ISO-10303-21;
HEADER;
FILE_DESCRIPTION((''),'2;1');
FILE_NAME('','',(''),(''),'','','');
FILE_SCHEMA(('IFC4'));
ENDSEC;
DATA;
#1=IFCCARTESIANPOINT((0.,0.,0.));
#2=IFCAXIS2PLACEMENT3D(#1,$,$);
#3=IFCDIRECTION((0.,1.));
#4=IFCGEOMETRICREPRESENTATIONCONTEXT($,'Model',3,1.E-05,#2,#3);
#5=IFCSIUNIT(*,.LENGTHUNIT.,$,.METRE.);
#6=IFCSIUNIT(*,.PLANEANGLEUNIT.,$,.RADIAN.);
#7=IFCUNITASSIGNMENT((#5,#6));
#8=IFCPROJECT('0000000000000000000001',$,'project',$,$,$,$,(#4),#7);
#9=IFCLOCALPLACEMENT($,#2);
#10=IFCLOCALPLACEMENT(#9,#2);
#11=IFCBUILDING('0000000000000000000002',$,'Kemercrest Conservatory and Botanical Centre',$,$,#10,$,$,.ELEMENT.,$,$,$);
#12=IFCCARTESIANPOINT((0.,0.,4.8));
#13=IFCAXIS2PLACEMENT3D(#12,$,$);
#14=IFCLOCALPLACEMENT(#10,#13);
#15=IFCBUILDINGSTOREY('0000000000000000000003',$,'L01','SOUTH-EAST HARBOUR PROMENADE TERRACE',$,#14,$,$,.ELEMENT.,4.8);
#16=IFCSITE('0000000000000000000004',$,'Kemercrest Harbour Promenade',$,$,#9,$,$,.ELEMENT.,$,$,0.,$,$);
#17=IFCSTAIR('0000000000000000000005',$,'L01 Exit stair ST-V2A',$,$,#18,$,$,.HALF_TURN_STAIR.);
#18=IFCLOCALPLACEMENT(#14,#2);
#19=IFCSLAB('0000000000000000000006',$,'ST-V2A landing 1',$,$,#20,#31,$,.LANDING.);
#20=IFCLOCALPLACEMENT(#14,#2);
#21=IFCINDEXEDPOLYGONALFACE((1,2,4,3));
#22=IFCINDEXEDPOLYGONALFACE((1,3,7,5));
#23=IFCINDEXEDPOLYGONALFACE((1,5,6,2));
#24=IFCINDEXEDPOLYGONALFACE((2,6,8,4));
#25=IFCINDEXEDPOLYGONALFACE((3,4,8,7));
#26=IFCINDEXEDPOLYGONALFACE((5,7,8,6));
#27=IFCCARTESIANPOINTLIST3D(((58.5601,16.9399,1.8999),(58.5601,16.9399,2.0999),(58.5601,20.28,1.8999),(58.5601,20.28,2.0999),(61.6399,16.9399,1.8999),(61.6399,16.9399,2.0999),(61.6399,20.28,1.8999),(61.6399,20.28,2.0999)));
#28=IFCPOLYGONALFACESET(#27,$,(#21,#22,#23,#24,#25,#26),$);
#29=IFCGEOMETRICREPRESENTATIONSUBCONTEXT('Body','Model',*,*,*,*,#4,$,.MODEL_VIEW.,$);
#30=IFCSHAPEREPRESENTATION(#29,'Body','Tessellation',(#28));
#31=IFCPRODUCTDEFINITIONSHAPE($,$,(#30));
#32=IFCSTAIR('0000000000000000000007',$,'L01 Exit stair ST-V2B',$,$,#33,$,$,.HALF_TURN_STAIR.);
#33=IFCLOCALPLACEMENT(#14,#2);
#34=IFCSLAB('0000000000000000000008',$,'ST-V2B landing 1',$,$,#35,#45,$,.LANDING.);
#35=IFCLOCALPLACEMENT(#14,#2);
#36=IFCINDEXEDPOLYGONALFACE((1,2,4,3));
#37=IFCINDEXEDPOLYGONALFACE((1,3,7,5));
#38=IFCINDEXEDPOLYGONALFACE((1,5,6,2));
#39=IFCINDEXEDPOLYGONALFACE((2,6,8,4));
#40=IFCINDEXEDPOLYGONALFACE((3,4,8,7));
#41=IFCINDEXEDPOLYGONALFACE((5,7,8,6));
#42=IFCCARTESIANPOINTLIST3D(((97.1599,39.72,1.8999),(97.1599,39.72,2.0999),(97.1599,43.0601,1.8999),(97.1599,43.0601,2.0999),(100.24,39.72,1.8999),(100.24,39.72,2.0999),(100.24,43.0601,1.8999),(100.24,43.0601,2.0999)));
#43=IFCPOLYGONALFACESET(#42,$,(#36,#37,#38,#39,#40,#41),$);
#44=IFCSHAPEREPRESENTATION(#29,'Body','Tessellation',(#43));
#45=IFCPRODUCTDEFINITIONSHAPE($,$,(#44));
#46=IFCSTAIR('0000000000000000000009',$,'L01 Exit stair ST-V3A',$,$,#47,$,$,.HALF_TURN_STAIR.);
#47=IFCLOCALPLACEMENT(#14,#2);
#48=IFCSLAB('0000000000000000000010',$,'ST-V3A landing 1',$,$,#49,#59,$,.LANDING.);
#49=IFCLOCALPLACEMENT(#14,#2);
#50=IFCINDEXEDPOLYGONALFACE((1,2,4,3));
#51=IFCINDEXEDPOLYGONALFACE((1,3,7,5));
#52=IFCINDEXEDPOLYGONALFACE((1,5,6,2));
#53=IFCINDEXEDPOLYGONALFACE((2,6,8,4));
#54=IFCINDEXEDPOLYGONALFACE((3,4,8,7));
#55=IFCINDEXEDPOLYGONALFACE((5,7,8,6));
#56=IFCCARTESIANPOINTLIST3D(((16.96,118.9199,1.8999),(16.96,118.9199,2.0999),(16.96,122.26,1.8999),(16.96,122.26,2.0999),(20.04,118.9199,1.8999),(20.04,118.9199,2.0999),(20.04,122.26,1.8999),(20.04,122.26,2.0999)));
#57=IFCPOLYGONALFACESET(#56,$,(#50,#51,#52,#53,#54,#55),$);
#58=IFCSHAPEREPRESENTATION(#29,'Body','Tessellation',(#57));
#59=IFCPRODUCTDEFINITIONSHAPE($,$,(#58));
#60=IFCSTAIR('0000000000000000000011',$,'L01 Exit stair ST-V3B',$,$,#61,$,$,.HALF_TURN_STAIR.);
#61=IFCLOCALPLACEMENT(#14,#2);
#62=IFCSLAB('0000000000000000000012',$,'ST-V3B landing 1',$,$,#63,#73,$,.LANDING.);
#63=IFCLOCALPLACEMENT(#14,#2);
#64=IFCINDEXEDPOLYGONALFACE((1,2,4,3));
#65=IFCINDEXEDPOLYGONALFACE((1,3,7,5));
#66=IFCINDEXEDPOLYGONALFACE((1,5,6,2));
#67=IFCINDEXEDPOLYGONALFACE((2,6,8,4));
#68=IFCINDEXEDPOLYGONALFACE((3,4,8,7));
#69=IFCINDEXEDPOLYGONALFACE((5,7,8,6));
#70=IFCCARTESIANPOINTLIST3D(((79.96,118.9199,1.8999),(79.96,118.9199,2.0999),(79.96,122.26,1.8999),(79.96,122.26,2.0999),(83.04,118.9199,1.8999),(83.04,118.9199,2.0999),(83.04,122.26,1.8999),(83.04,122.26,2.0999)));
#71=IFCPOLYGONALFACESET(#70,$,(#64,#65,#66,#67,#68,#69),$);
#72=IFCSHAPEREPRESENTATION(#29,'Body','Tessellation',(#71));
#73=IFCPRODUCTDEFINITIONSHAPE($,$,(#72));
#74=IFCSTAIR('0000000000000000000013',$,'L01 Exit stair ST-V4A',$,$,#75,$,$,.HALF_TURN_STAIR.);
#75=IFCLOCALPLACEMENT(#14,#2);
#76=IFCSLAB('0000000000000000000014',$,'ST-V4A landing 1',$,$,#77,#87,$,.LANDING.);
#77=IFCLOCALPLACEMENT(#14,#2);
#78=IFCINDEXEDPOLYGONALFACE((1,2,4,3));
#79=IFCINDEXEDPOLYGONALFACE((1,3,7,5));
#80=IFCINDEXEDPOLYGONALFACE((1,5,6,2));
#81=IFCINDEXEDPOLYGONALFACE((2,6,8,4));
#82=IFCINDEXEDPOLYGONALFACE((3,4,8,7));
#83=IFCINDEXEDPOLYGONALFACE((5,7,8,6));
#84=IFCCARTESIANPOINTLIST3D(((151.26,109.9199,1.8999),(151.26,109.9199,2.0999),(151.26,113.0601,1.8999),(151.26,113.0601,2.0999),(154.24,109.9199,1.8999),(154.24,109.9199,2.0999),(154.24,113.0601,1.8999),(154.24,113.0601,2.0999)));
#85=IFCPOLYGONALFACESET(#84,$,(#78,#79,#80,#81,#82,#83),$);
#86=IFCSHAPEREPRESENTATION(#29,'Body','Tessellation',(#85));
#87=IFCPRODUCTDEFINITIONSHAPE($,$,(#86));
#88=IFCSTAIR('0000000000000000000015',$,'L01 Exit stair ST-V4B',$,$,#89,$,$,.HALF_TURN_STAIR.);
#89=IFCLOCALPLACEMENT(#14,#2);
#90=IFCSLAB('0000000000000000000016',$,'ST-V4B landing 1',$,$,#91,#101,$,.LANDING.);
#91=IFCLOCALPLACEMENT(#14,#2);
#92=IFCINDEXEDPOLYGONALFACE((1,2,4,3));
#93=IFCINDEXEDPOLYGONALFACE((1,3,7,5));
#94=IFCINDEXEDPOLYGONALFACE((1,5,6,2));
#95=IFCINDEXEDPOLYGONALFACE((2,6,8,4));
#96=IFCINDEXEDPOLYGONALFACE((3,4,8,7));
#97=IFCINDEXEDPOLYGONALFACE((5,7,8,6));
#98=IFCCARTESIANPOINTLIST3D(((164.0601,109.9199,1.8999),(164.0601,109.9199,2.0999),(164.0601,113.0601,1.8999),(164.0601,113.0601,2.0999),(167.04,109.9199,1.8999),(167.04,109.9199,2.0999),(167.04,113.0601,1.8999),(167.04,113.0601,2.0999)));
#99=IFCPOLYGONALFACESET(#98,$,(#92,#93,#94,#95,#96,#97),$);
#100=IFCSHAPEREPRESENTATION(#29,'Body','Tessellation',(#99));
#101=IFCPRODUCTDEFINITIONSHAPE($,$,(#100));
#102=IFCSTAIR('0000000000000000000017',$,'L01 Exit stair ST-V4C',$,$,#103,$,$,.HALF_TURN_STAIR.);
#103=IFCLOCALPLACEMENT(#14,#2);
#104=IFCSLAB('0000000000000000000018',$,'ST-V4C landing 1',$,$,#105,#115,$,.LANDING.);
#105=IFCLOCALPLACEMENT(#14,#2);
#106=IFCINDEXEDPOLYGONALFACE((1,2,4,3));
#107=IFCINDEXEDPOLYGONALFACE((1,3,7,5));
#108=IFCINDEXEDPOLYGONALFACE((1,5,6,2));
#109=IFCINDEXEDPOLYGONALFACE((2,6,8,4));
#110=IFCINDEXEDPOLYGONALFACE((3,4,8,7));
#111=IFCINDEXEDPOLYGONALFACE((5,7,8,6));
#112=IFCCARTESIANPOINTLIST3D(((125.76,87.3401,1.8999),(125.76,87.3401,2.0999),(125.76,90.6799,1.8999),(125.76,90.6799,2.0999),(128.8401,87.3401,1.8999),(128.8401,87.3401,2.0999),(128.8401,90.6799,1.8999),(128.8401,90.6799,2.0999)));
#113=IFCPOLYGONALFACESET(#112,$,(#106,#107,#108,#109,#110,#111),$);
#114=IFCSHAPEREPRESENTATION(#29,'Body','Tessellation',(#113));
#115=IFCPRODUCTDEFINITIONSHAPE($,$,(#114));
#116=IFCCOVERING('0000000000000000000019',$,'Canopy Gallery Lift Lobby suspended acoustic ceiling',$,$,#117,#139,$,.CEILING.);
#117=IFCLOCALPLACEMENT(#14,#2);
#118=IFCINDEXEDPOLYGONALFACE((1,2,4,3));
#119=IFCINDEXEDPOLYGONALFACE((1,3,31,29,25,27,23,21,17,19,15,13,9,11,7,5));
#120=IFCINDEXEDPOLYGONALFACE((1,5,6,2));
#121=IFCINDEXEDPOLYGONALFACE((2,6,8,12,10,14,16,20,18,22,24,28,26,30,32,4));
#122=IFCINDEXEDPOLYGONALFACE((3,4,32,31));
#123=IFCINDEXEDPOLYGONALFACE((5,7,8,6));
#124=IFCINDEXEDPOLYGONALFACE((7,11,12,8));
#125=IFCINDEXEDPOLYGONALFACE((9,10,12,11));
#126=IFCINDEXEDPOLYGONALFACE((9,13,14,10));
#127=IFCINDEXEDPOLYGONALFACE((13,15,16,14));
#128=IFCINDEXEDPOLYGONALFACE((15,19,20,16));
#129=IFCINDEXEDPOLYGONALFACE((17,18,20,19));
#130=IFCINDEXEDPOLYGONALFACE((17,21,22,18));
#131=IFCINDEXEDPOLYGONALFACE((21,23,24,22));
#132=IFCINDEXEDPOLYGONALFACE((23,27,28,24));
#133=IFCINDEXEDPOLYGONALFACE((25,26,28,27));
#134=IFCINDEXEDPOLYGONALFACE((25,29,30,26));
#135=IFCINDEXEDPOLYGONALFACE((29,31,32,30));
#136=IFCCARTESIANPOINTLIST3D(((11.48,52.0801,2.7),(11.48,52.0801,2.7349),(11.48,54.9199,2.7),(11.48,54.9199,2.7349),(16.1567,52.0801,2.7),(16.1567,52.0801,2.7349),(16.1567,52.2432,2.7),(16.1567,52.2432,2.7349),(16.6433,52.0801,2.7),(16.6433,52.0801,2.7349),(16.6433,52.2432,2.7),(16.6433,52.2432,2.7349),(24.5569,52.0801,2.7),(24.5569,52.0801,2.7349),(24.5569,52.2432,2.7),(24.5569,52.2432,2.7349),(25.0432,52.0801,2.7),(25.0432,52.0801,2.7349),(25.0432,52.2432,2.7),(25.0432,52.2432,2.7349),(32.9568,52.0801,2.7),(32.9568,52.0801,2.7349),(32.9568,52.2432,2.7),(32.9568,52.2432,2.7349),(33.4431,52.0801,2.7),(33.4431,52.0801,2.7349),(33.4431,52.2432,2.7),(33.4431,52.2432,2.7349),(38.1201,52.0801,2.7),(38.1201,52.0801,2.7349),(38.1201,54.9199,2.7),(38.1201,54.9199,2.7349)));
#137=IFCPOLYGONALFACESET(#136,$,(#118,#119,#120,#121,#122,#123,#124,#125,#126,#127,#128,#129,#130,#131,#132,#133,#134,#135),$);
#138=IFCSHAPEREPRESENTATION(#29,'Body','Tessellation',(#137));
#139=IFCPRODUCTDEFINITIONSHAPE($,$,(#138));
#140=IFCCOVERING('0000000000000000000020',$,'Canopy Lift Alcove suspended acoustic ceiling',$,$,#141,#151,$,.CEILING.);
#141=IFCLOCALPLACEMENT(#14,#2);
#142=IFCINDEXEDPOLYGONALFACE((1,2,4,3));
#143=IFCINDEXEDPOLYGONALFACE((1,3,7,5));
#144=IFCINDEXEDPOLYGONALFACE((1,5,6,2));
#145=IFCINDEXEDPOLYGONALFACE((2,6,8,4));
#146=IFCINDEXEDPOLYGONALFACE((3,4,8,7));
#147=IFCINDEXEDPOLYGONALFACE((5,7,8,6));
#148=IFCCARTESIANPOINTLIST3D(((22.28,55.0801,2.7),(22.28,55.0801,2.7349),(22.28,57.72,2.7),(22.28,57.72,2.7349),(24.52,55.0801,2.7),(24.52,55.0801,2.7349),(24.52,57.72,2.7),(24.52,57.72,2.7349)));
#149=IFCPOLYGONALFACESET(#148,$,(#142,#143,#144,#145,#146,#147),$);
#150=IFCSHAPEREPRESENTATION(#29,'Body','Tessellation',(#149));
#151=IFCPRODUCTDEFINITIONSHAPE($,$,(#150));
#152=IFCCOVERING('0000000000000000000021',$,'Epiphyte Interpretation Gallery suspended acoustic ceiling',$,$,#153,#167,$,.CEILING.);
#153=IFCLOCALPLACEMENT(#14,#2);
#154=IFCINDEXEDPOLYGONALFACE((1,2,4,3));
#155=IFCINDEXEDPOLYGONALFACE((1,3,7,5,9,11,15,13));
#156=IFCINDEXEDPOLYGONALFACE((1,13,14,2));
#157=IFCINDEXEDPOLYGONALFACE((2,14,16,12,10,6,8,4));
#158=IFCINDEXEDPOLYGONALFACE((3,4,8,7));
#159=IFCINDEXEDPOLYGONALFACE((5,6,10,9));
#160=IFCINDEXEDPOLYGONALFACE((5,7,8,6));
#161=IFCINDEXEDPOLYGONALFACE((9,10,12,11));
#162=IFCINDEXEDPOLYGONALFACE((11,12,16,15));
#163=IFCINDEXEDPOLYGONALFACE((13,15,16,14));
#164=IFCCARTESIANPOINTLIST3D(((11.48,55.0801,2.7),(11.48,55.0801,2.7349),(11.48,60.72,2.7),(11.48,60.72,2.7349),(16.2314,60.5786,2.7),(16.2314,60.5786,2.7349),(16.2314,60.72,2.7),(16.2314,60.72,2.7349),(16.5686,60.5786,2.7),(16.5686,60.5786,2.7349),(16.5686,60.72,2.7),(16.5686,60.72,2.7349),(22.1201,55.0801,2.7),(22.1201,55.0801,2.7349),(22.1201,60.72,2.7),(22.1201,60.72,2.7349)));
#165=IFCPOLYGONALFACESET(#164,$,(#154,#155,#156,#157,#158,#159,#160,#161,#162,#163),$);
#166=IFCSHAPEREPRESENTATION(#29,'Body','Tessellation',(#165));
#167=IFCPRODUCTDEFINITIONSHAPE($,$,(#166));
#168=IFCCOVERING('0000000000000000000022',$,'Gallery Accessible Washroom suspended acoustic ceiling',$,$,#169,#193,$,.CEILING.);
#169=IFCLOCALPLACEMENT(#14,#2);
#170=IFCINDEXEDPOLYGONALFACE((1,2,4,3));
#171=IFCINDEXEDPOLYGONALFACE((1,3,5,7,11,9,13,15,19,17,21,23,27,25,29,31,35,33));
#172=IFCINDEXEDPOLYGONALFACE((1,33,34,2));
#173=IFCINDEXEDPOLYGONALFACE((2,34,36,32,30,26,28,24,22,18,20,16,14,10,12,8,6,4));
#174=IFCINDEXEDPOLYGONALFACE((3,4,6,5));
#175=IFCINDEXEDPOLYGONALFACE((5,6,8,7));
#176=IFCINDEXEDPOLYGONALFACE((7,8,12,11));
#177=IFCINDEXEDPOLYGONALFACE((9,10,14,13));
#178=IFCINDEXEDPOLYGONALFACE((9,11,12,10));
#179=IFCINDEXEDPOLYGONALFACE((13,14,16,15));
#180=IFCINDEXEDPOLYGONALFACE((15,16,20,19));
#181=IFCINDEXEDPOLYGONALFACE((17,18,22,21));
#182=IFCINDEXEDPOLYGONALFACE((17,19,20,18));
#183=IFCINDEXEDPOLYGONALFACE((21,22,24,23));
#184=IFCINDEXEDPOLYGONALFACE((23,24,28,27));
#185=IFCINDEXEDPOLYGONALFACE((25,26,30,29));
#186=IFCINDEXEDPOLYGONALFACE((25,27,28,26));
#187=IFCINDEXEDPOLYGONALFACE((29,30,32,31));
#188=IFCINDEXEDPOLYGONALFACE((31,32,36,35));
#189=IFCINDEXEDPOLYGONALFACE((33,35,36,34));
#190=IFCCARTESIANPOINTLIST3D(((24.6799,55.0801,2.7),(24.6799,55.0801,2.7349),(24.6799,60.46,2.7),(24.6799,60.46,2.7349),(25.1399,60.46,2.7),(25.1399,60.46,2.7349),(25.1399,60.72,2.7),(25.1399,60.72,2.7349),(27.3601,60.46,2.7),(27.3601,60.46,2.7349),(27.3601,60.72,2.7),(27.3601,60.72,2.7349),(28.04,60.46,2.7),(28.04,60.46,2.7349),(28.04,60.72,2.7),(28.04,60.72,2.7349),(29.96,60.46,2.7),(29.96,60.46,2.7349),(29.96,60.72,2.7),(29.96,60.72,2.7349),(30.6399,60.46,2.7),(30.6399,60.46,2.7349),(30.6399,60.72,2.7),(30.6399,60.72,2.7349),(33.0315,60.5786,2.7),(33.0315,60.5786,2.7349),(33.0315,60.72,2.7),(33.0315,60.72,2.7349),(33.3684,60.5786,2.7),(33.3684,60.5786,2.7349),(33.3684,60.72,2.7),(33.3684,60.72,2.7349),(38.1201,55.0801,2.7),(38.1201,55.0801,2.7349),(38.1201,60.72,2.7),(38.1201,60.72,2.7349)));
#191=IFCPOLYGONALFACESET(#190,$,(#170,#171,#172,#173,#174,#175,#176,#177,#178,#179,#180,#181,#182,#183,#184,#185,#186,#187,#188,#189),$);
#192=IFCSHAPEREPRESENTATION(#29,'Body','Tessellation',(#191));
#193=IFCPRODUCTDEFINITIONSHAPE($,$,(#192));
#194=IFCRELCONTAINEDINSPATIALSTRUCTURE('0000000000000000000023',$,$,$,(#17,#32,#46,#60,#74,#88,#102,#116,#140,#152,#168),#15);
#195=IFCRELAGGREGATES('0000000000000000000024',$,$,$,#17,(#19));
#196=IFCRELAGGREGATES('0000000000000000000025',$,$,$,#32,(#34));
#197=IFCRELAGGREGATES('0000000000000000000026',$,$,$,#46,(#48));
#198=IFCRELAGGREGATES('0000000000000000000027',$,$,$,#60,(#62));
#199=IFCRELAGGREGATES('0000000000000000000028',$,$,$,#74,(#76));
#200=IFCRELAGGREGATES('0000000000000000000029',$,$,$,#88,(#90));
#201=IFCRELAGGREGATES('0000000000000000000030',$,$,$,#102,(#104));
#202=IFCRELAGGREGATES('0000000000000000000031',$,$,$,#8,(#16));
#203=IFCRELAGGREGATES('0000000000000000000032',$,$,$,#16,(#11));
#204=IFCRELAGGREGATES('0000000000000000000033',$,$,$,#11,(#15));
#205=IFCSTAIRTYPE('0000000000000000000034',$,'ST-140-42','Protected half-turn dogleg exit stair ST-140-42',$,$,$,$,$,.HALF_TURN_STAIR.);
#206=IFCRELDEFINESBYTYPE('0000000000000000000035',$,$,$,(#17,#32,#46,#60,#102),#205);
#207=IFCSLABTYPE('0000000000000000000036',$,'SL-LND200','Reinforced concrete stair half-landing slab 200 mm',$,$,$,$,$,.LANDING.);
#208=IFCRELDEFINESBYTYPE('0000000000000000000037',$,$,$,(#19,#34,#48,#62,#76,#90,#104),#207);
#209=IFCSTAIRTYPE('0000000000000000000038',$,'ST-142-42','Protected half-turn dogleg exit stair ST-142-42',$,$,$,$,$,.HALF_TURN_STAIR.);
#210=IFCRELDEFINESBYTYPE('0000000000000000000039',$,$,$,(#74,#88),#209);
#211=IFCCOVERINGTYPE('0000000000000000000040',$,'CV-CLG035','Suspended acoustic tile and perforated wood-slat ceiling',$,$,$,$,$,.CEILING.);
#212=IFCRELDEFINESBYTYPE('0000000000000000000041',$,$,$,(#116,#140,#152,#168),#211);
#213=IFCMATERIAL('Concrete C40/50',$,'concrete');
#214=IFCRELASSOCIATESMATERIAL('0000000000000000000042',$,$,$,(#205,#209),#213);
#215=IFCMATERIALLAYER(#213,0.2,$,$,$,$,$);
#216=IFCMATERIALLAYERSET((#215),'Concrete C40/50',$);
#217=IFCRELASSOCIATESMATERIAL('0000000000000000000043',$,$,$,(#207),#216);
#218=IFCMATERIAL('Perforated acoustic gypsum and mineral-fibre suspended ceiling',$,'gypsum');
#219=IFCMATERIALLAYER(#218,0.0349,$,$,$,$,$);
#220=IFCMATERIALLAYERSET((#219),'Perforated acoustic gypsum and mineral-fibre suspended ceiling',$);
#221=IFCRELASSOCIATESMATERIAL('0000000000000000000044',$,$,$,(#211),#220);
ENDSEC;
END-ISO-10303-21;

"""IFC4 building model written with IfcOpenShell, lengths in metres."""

from ifc_helpers import new_model, si_unit, direction, frame, origin, place, context, subcontext, project, spatial, polyline, outline, extrude, material, layer, layer_set, type_object, element, aggregate, save


model = new_model("IFC4")

# Units and contexts
model_context = context("Model", 3, precision=1e-05, world=origin(), true_north=direction((0.0, 1.0)))
body_context = subcontext(model_context, "Body", "Model", "MODEL_VIEW")
ifc_project = project(units=[si_unit("LENGTHUNIT", "METRE"), si_unit("PLANEANGLEUNIT", "RADIAN")], contexts=[model_context])

# Site, building, storey
site_placement = place(None, origin())
site = spatial("IfcSite", under=ifc_project, at=site_placement, Name="Kemercrest Harbour Promenade", CompositionType="ELEMENT", RefElevation=0.0)
building_placement = place(site_placement, origin())
building = spatial("IfcBuilding", under=site, at=building_placement, Name="Kemercrest Conservatory and Botanical Centre", CompositionType="ELEMENT")
storey_placement = place(building_placement, frame((0.0, 0.0, 4.8)))
storey = spatial("IfcBuildingStorey", under=building, at=storey_placement, Name="L01", Description="SOUTH-EAST HARBOUR PROMENADE TERRACE", CompositionType="ELEMENT", Elevation=4.8)

# Stairs, slabs
ifc_material_1 = material(Name="Concrete C40/50", Category="concrete")
stair_type_1 = type_object("IfcStairType", Name="ST-140-42", Description="Protected half-turn dogleg exit stair ST-140-42", PredefinedType="HALF_TURN_STAIR", material=ifc_material_1)
stair_1_placement = place(storey_placement, origin())
stair_1 = element("IfcStair", 1, at=stair_1_placement, inside=storey, type_object=stair_type_1, Name="L01 Exit stair ST-V2A", PredefinedType="HALF_TURN_STAIR")
ifc_layer_1 = layer(ifc_material_1, 0.2)
ifc_layer_set_1 = layer_set([ifc_layer_1], Name="Concrete C40/50")
slab_type = type_object("IfcSlabType", Name="SL-LND200", Description="Reinforced concrete stair half-landing slab 200 mm", PredefinedType="LANDING", material=ifc_layer_set_1)
slab_1_placement = place(storey_placement, frame((0.0, 0.0, 1.8999)))
slab_1 = element("IfcSlab", 2, at=slab_1_placement, type_object=slab_type, Name="ST-V2A landing 1", PredefinedType="LANDING", context=body_context, shape_type="SweptSolid", body=[
    extrude(outline(polyline([(58.5601, 20.28), (58.5601, 16.9399), (61.6399, 16.9399), (61.6399, 20.28), (58.5601, 20.28)])), origin(), (0.0, 0.0, 1.0), 0.2),
])
aggregate(stair_1, [slab_1])
stair_2_placement = place(storey_placement, origin())
stair_2 = element("IfcStair", 3, at=stair_2_placement, inside=storey, type_object=stair_type_1, Name="L01 Exit stair ST-V2B", PredefinedType="HALF_TURN_STAIR")
slab_2_placement = place(storey_placement, frame((0.0, 0.0, 1.8999)))
slab_2 = element("IfcSlab", 4, at=slab_2_placement, type_object=slab_type, Name="ST-V2B landing 1", PredefinedType="LANDING", context=body_context, shape_type="SweptSolid", body=[
    extrude(outline(polyline([(100.24, 39.72), (100.24, 43.0601), (97.1599, 43.0601), (97.1599, 39.72), (100.24, 39.72)])), origin(), (0.0, 0.0, 1.0), 0.2),
])
aggregate(stair_2, [slab_2])
stair_3_placement = place(storey_placement, origin())
stair_3 = element("IfcStair", 5, at=stair_3_placement, inside=storey, type_object=stair_type_1, Name="L01 Exit stair ST-V3A", PredefinedType="HALF_TURN_STAIR")
slab_3_placement = place(storey_placement, frame((0.0, 0.0, 1.8999)))
slab_3 = element("IfcSlab", 6, at=slab_3_placement, type_object=slab_type, Name="ST-V3A landing 1", PredefinedType="LANDING", context=body_context, shape_type="SweptSolid", body=[
    extrude(outline(polyline([(20.04, 118.9199), (20.04, 122.26), (16.96, 122.26), (16.96, 118.9199), (20.04, 118.9199)])), origin(), (0.0, 0.0, 1.0), 0.2),
])
aggregate(stair_3, [slab_3])
stair_4_placement = place(storey_placement, origin())
stair_4 = element("IfcStair", 7, at=stair_4_placement, inside=storey, type_object=stair_type_1, Name="L01 Exit stair ST-V3B", PredefinedType="HALF_TURN_STAIR")
slab_4_placement = place(storey_placement, frame((0.0, 0.0, 1.8999)))
slab_4 = element("IfcSlab", 8, at=slab_4_placement, type_object=slab_type, Name="ST-V3B landing 1", PredefinedType="LANDING", context=body_context, shape_type="SweptSolid", body=[
    extrude(outline(polyline([(83.04, 118.9199), (83.04, 122.26), (79.96, 122.26), (79.96, 118.9199), (83.04, 118.9199)])), origin(), (0.0, 0.0, 1.0), 0.2),
])
aggregate(stair_4, [slab_4])
stair_type_2 = type_object("IfcStairType", Name="ST-142-42", Description="Protected half-turn dogleg exit stair ST-142-42", PredefinedType="HALF_TURN_STAIR", material=ifc_material_1)
stair_5_placement = place(storey_placement, origin())
stair_5 = element("IfcStair", 9, at=stair_5_placement, inside=storey, type_object=stair_type_2, Name="L01 Exit stair ST-V4A", PredefinedType="HALF_TURN_STAIR")
slab_5_placement = place(storey_placement, frame((0.0, 0.0, 1.8999)))
slab_5 = element("IfcSlab", 10, at=slab_5_placement, type_object=slab_type, Name="ST-V4A landing 1", PredefinedType="LANDING", context=body_context, shape_type="SweptSolid", body=[
    extrude(outline(polyline([(154.24, 109.9199), (154.24, 113.0601), (151.26, 113.0601), (151.26, 109.9199), (154.24, 109.9199)])), origin(), (0.0, 0.0, 1.0), 0.2),
])
aggregate(stair_5, [slab_5])
stair_6_placement = place(storey_placement, origin())
stair_6 = element("IfcStair", 11, at=stair_6_placement, inside=storey, type_object=stair_type_2, Name="L01 Exit stair ST-V4B", PredefinedType="HALF_TURN_STAIR")
slab_6_placement = place(storey_placement, frame((0.0, 0.0, 1.8999)))
slab_6 = element("IfcSlab", 12, at=slab_6_placement, type_object=slab_type, Name="ST-V4B landing 1", PredefinedType="LANDING", context=body_context, shape_type="SweptSolid", body=[
    extrude(outline(polyline([(167.04, 109.9199), (167.04, 113.0601), (164.0601, 113.0601), (164.0601, 109.9199), (167.04, 109.9199)])), origin(), (0.0, 0.0, 1.0), 0.2),
])
aggregate(stair_6, [slab_6])
stair_7_placement = place(storey_placement, origin())
stair_7 = element("IfcStair", 13, at=stair_7_placement, inside=storey, type_object=stair_type_1, Name="L01 Exit stair ST-V4C", PredefinedType="HALF_TURN_STAIR")
slab_7_placement = place(storey_placement, frame((0.0, 0.0, 1.8999)))
slab_7 = element("IfcSlab", 14, at=slab_7_placement, type_object=slab_type, Name="ST-V4C landing 1", PredefinedType="LANDING", context=body_context, shape_type="SweptSolid", body=[
    extrude(outline(polyline([(125.76, 90.6799), (125.76, 87.3401), (128.8401, 87.3401), (128.8401, 90.6799), (125.76, 90.6799)])), origin(), (0.0, 0.0, 1.0), 0.2),
])
aggregate(stair_7, [slab_7])

# Coverings
ifc_material_2 = material(Name="Perforated acoustic gypsum and mineral-fibre suspended ceiling", Category="gypsum")
ifc_layer_2 = layer(ifc_material_2, 0.0349)
ifc_layer_set_2 = layer_set([ifc_layer_2], Name="Perforated acoustic gypsum and mineral-fibre suspended ceiling")
covering_type_1 = type_object("IfcCoveringType", Name="CV-CLG035", Description="Suspended acoustic tile and perforated wood-slat ceiling", PredefinedType="CEILING", material=ifc_layer_set_2)
covering_1_placement = place(storey_placement, frame((0.0, 0.0, 2.7)))
element("IfcCovering", 15, at=covering_1_placement, inside=storey, type_object=covering_type_1, Name="Canopy Gallery Lift Lobby suspended acoustic ceiling", PredefinedType="CEILING", context=body_context, shape_type="SweptSolid", body=[
    extrude(outline(polyline([(33.4431, 52.0801), (38.1201, 52.0801), (38.1201, 54.9199), (11.48, 54.9199), (11.48, 52.0801), (16.1567, 52.0801), (16.1567, 52.2432), (16.6433, 52.2432), (16.6433, 52.0801), (24.5569, 52.0801), (24.5569, 52.2432), (25.0432, 52.2432), (25.0432, 52.0801), (32.9568, 52.0801), (32.9568, 52.2432), (33.4431, 52.2432), (33.4431, 52.0801)])), origin(), (0.0, 0.0, 1.0), 0.0349),
])
covering_2_placement = place(storey_placement, frame((0.0, 0.0, 2.7)))
element("IfcCovering", 16, at=covering_2_placement, inside=storey, type_object=covering_type_1, Name="Canopy Lift Alcove suspended acoustic ceiling", PredefinedType="CEILING", context=body_context, shape_type="SweptSolid", body=[
    extrude(outline(polyline([(22.28, 55.0801), (24.52, 55.0801), (24.52, 57.72), (22.28, 57.72), (22.28, 55.0801)])), origin(), (0.0, 0.0, 1.0), 0.0349),
])
covering_3_placement = place(storey_placement, frame((0.0, 0.0, 2.7)))
element("IfcCovering", 17, at=covering_3_placement, inside=storey, type_object=covering_type_1, Name="Epiphyte Interpretation Gallery suspended acoustic ceiling", PredefinedType="CEILING", context=body_context, shape_type="SweptSolid", body=[
    extrude(outline(polyline([(11.48, 55.0801), (22.1201, 55.0801), (22.1201, 60.72), (16.5686, 60.72), (16.5686, 60.5786), (16.2314, 60.5786), (16.2314, 60.72), (11.48, 60.72), (11.48, 55.0801)])), origin(), (0.0, 0.0, 1.0), 0.0349),
])
covering_4_placement = place(storey_placement, frame((0.0, 0.0, 2.7)))
element("IfcCovering", 18, at=covering_4_placement, inside=storey, type_object=covering_type_1, Name="Gallery Accessible Washroom suspended acoustic ceiling", PredefinedType="CEILING", context=body_context, shape_type="SweptSolid", body=[
    extrude(outline(polyline([(24.6799, 55.0801), (38.1201, 55.0801), (38.1201, 60.72), (33.3684, 60.72), (33.3684, 60.5786), (33.0315, 60.5786), (33.0315, 60.72), (30.6399, 60.72), (30.6399, 60.46), (29.96, 60.46), (29.96, 60.72), (28.04, 60.72), (28.04, 60.46), (27.3601, 60.46), (27.3601, 60.72), (25.1399, 60.72), (25.1399, 60.46), (24.6799, 60.46), (24.6799, 55.0801)])), origin(), (0.0, 0.0, 1.0), 0.0349),
])

save(model, "model.ifc")
